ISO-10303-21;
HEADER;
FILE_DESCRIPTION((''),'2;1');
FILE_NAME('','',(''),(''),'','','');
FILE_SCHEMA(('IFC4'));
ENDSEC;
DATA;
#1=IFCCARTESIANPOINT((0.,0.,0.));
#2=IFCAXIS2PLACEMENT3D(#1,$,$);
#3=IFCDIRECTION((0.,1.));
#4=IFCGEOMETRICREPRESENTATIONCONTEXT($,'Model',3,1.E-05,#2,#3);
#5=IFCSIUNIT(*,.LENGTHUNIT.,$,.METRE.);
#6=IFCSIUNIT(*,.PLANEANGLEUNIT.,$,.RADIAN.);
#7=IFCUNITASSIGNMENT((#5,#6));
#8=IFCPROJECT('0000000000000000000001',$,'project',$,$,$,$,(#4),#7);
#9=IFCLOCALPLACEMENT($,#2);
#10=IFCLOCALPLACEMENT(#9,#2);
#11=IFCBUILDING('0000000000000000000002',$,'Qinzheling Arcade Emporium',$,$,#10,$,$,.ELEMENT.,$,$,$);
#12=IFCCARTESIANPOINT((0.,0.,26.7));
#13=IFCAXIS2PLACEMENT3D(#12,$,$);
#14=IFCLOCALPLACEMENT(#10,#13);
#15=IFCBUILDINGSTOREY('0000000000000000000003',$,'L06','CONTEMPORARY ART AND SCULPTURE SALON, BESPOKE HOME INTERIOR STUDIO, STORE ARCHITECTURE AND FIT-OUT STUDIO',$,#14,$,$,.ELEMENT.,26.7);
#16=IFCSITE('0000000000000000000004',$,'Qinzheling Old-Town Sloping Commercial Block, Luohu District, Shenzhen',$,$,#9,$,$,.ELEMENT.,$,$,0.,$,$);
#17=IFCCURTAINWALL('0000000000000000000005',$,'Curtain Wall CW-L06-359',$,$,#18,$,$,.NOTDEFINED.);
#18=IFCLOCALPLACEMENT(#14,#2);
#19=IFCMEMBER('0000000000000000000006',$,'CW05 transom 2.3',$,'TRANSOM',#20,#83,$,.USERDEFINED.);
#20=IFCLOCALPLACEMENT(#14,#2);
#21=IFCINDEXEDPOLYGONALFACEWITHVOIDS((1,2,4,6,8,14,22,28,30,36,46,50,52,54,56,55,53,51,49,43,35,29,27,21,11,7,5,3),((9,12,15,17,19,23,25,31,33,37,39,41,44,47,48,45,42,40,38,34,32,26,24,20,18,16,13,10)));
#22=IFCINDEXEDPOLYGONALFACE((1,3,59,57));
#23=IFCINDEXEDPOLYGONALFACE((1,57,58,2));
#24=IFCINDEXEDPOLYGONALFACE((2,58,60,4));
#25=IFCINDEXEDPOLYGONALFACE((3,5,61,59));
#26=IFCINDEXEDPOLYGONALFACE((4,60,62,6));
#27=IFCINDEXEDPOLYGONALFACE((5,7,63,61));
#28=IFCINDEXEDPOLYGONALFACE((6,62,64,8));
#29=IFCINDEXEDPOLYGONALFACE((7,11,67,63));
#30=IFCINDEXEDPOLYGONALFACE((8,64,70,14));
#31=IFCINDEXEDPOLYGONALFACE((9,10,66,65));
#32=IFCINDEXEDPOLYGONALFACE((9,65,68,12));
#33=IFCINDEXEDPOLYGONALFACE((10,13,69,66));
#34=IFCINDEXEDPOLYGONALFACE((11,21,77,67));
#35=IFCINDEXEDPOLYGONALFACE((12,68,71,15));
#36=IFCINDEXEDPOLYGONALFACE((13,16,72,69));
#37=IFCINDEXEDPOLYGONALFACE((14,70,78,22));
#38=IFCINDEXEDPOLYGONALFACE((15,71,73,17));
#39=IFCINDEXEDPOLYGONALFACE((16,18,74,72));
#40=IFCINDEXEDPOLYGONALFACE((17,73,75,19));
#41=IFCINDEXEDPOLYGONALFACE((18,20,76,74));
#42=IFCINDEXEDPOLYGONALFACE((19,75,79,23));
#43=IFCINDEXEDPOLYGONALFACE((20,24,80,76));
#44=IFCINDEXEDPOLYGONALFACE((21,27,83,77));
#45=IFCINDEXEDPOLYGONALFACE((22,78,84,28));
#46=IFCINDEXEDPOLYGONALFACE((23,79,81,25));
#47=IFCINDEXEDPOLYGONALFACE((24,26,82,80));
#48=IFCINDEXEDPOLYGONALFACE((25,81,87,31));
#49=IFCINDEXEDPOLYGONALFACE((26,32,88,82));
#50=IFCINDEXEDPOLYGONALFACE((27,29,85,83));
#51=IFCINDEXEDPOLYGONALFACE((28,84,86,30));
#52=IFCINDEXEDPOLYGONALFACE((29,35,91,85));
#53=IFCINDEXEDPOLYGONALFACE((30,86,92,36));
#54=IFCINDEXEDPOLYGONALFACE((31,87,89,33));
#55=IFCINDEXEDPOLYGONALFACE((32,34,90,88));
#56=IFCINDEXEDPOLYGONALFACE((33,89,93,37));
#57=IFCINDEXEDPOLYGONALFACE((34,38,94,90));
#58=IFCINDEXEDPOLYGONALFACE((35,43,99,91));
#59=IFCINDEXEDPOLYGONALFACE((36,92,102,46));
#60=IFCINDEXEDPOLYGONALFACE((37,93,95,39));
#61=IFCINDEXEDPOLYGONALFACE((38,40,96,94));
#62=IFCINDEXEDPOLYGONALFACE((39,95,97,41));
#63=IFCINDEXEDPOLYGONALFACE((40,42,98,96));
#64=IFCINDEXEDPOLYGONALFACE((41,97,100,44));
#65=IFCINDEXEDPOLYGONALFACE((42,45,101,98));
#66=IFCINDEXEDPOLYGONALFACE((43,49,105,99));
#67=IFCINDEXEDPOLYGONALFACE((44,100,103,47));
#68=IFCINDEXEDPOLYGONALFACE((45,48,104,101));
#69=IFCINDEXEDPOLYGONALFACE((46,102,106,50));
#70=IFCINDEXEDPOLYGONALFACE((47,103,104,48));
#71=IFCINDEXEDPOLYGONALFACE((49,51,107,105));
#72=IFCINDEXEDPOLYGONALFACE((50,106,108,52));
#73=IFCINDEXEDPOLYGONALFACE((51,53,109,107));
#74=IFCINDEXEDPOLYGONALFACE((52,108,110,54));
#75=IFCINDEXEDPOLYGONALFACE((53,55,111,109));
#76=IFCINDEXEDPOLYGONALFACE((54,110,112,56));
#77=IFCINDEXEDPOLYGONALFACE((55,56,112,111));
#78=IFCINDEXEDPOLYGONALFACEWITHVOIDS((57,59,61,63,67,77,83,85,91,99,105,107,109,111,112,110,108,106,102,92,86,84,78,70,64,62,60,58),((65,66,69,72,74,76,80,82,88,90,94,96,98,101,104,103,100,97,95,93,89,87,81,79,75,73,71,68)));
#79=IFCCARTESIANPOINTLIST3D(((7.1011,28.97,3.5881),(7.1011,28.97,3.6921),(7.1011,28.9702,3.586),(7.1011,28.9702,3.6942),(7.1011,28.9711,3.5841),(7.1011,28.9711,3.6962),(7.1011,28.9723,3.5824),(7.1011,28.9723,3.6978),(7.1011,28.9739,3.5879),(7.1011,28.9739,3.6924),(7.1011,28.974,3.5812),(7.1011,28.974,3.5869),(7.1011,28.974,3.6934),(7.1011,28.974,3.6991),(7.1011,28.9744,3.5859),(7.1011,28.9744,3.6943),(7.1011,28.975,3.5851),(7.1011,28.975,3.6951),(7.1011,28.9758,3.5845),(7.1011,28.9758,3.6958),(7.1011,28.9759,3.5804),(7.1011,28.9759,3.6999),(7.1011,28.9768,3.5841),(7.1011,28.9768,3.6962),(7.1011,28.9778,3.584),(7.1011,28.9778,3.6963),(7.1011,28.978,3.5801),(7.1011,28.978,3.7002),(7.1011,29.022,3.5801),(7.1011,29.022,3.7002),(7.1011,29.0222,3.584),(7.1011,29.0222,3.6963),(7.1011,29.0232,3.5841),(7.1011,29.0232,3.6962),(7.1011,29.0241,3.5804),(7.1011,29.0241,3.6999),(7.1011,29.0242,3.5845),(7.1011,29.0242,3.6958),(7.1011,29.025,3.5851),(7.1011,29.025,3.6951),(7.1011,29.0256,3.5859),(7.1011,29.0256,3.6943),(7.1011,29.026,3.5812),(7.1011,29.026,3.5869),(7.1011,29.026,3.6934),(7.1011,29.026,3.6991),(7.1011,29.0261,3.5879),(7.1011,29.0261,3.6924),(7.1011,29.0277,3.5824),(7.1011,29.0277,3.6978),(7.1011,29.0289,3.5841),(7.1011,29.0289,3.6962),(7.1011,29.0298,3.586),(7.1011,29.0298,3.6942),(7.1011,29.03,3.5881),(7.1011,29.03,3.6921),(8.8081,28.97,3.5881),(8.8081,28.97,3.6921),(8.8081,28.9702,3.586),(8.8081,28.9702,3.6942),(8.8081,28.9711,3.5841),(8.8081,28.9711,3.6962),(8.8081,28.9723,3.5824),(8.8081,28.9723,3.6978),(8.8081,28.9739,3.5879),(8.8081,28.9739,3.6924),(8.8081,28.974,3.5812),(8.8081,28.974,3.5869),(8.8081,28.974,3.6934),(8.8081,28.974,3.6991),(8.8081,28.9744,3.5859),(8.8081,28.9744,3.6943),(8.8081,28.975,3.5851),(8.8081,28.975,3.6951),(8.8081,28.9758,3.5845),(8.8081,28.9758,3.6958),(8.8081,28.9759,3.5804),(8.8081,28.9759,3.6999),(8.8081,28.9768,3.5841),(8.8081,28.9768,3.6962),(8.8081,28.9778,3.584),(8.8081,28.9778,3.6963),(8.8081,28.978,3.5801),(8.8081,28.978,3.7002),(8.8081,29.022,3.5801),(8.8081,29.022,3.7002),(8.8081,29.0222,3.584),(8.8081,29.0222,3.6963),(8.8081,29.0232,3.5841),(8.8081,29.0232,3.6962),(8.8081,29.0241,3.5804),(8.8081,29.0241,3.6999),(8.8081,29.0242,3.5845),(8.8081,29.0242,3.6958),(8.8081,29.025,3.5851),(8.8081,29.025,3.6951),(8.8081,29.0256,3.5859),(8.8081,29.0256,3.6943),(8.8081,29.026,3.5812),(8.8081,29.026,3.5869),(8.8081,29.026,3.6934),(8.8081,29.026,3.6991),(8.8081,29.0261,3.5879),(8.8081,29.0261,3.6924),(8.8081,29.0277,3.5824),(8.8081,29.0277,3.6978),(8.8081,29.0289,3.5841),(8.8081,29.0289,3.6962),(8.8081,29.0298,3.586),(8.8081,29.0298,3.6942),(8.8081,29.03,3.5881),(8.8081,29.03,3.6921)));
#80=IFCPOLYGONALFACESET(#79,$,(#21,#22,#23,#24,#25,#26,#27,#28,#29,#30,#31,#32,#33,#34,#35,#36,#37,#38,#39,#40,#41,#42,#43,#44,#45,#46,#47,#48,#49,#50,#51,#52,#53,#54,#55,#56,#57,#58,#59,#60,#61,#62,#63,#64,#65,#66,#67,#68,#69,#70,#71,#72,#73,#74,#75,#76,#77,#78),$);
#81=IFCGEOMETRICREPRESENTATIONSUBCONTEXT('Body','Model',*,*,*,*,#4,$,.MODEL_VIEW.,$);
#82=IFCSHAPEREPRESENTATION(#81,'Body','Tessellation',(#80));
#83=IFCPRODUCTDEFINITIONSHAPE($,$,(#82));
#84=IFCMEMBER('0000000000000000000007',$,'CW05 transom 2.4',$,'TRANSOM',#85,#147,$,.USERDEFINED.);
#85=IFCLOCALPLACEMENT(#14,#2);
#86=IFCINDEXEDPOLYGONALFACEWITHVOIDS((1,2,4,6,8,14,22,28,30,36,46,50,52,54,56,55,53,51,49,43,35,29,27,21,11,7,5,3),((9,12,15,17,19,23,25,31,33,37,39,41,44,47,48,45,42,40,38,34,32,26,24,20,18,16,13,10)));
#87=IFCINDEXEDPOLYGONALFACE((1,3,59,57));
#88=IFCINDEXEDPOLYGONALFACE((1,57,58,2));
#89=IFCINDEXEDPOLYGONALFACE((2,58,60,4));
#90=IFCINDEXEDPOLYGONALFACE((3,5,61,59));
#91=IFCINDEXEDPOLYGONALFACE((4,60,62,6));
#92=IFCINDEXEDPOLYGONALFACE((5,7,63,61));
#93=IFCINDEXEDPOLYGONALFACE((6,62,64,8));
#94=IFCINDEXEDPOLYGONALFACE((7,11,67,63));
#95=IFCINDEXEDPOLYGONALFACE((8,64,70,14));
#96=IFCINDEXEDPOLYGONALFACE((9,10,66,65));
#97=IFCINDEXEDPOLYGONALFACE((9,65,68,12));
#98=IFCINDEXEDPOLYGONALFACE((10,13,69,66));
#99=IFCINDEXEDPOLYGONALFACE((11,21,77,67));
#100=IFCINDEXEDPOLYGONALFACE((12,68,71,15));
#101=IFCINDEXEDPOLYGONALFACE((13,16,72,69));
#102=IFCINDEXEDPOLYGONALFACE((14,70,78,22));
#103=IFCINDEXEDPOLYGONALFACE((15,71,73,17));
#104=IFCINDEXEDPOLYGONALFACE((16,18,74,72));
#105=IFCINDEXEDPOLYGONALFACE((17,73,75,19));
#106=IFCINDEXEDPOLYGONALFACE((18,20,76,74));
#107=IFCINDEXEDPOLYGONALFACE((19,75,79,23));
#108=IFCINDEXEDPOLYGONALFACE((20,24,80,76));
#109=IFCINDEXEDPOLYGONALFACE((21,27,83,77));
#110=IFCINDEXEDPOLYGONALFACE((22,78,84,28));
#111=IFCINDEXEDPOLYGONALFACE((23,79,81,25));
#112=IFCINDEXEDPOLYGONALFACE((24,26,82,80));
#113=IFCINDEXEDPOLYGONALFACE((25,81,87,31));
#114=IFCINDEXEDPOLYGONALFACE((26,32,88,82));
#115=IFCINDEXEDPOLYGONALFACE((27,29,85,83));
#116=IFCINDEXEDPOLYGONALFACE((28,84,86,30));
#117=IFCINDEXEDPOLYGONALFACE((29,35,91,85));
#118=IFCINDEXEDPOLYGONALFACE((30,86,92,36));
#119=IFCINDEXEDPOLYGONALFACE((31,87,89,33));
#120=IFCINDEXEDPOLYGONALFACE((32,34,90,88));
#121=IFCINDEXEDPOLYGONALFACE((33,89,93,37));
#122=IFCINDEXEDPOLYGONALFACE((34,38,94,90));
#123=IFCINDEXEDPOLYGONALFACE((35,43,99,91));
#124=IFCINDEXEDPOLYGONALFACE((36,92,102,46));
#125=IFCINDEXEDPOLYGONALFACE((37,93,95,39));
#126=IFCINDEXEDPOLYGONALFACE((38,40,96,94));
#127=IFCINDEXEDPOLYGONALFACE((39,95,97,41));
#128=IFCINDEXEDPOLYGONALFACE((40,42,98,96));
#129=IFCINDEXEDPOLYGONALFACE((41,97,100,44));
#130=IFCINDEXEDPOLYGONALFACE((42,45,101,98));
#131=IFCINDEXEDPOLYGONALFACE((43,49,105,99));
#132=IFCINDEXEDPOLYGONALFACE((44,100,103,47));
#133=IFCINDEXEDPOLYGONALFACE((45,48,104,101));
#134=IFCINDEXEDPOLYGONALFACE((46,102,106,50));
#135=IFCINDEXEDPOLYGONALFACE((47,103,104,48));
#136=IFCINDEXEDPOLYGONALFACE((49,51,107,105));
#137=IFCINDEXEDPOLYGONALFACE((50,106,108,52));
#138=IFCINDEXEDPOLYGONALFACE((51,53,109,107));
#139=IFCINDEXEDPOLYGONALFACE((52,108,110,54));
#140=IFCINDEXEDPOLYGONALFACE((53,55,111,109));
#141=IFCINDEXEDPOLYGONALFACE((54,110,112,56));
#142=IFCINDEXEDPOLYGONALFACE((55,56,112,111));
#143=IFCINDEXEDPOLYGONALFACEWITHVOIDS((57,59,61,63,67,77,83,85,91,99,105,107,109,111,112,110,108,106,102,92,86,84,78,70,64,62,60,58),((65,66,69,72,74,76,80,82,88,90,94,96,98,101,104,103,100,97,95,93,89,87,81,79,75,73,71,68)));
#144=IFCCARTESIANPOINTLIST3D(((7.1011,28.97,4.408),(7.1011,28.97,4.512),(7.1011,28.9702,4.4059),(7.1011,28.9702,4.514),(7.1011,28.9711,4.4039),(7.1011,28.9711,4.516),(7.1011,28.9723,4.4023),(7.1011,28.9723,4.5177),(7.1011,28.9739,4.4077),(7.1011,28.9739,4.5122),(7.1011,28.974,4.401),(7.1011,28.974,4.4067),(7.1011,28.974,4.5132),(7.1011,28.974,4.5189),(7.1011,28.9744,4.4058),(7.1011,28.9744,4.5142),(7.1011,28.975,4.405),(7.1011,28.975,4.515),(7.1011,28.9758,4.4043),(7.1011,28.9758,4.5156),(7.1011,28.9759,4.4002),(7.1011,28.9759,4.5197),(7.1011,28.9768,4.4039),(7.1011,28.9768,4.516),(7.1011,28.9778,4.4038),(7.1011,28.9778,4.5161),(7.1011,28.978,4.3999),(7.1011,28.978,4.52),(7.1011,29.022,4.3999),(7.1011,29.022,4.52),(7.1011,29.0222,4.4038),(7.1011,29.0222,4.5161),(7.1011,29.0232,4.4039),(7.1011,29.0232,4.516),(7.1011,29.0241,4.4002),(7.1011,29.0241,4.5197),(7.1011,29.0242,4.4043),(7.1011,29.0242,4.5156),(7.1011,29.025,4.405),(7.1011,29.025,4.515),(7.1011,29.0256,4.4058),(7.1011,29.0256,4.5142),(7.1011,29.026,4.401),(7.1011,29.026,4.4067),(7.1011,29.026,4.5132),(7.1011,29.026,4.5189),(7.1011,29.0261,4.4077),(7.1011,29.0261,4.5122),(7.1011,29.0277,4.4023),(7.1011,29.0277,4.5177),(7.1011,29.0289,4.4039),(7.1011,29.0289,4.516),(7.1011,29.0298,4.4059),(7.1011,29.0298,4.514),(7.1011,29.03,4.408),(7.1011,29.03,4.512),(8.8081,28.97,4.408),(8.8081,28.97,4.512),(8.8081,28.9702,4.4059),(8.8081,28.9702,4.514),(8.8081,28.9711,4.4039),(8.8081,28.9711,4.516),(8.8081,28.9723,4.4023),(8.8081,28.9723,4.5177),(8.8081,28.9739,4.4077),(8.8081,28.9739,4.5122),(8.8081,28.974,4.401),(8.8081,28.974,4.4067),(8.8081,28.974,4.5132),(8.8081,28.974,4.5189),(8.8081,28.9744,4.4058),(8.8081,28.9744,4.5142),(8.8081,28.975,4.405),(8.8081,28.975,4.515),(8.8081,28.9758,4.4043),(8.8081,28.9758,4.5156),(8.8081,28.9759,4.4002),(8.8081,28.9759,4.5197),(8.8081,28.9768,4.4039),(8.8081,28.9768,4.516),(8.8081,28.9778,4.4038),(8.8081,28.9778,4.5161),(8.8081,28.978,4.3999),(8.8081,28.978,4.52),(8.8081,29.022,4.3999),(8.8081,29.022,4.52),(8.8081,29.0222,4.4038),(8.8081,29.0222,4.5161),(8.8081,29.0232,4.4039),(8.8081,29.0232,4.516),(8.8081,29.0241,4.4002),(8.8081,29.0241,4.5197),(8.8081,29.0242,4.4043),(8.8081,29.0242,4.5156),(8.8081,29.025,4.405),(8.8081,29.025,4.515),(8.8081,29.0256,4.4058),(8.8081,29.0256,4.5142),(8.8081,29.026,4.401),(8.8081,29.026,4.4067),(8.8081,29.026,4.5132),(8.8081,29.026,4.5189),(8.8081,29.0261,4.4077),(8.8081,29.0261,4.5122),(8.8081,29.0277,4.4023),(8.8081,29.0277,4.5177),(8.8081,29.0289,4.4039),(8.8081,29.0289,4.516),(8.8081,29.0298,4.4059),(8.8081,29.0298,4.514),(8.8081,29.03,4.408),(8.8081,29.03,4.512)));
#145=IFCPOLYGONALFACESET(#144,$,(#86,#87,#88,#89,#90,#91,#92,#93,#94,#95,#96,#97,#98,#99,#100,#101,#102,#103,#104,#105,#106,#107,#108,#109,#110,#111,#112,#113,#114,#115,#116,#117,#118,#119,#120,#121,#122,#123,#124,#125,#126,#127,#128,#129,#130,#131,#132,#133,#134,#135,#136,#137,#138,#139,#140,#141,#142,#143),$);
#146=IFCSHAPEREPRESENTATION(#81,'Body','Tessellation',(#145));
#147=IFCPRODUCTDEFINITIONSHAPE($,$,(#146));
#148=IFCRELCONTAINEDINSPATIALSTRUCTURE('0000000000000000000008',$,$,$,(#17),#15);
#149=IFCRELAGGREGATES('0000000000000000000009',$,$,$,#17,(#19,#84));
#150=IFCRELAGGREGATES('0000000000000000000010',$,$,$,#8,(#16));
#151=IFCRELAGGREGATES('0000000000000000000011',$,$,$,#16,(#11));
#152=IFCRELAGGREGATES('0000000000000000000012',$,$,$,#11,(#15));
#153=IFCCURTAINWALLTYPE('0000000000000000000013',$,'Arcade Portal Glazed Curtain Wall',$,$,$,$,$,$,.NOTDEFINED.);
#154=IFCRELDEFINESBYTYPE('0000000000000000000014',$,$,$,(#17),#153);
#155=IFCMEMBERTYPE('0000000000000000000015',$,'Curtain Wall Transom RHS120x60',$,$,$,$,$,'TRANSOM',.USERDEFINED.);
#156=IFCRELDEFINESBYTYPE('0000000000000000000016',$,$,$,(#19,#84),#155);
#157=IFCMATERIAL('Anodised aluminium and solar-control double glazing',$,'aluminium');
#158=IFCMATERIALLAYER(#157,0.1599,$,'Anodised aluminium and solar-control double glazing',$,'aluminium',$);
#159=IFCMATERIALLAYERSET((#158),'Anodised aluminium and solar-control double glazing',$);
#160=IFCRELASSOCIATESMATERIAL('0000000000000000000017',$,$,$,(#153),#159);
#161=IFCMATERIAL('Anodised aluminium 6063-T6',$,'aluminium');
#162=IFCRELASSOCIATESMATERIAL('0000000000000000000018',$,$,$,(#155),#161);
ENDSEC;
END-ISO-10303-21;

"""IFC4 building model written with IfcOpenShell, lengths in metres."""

from ifc_helpers import new_model, si_unit, direction, frame, origin, origin_2d, place, context, subcontext, project, spatial, hollow_rectangle, extrude, material, layer, layer_set, material_profile, profile_set, type_object, element, aggregate, save


model = new_model("IFC4")

# Units and contexts
model_context = context("Model", 3, precision=1e-05, world=origin(), true_north=direction((0.0, 1.0)))
body_context = subcontext(model_context, "Body", "Model", "MODEL_VIEW")
ifc_project = project(units=[si_unit("LENGTHUNIT", "METRE"), si_unit("PLANEANGLEUNIT", "RADIAN")], contexts=[model_context])

# Site, building, storey
site_placement = place(None, origin())
site = spatial("IfcSite", under=ifc_project, at=site_placement, Name="Qinzheling Old-Town Sloping Commercial Block, Luohu District, Shenzhen", CompositionType="ELEMENT", RefElevation=0.0)
building_placement = place(site_placement, origin())
building = spatial("IfcBuilding", under=site, at=building_placement, Name="Qinzheling Arcade Emporium", CompositionType="ELEMENT")
storey_placement = place(building_placement, frame((0.0, 0.0, 26.7)))
storey = spatial("IfcBuildingStorey", under=building, at=storey_placement, Name="L06", Description="CONTEMPORARY ART AND SCULPTURE SALON, BESPOKE HOME INTERIOR STUDIO, STORE ARCHITECTURE AND FIT-OUT STUDIO", CompositionType="ELEMENT", Elevation=26.7)

# Shared definitions
ifc_material_1 = material(Name="Anodised aluminium and solar-control double glazing", Category="aluminium")
ifc_material_2 = material(Name="Anodised aluminium 6063-T6", Category="aluminium")

# Curtain wall
ifc_layer_1 = layer(ifc_material_1, 0.1599, Name="Anodised aluminium and solar-control double glazing", Category="aluminium")
ifc_layer_set_1 = layer_set([ifc_layer_1], Name="Anodised aluminium and solar-control double glazing")
curtain_wall_type_1 = type_object("IfcCurtainWallType", Name="Arcade Portal Glazed Curtain Wall", PredefinedType="NOTDEFINED", material=ifc_layer_set_1)
curtain_wall_1_placement = place(storey_placement, origin())
curtain_wall_1 = element("IfcCurtainWall", 1, at=curtain_wall_1_placement, inside=storey, type_object=curtain_wall_type_1, Name="Curtain Wall CW-L06-359", PredefinedType="NOTDEFINED")

# Members
ifc_material_profile_1 = material_profile(ifc_material_2, hollow_rectangle(XDim=0.0601, YDim=0.1201, WallThickness=0.0039, InnerFilletRadius=0.0039, OuterFilletRadius=0.0081, at=origin_2d()), Name="RHS 120x60x4", Category="aluminium")
ifc_profile_set_1 = profile_set([ifc_material_profile_1], Name="Anodised aluminium 6063-T6")
member_type_1 = type_object("IfcMemberType", Name="Curtain Wall Transom RHS120x60", ElementType="TRANSOM", PredefinedType="USERDEFINED", material=ifc_profile_set_1)
member_1_placement = place(storey_placement, frame((8.8081, 29.0, 3.6401), z_axis=(-1.0, 0.0, 0.0), x_axis=(0.0, -1.0, 0.0)))
member_1 = element("IfcMember", 2, at=member_1_placement, type_object=member_type_1, Name="CW05 transom 2.3", ObjectType="TRANSOM", PredefinedType="USERDEFINED", context=body_context, shape_type="SweptSolid", body=[
    extrude(hollow_rectangle(XDim=0.0601, YDim=0.1201, WallThickness=0.0039, InnerFilletRadius=0.0039, OuterFilletRadius=0.0081, at=origin_2d()), origin(), (0.0, 0.0, 1.0), 1.707),
])
member_2_placement = place(storey_placement, frame((8.8081, 29.0, 4.46), z_axis=(-1.0, 0.0, 0.0), x_axis=(0.0, -1.0, 0.0)))
member_2 = element("IfcMember", 3, at=member_2_placement, type_object=member_type_1, Name="CW05 transom 2.4", ObjectType="TRANSOM", PredefinedType="USERDEFINED", context=body_context, shape_type="SweptSolid", body=[
    extrude(hollow_rectangle(XDim=0.0601, YDim=0.1201, WallThickness=0.0039, InnerFilletRadius=0.0039, OuterFilletRadius=0.0081, at=origin_2d()), origin(), (0.0, 0.0, 1.0), 1.707),
])

aggregate(curtain_wall_1, [member_1, member_2])

save(model, "model.ifc")
